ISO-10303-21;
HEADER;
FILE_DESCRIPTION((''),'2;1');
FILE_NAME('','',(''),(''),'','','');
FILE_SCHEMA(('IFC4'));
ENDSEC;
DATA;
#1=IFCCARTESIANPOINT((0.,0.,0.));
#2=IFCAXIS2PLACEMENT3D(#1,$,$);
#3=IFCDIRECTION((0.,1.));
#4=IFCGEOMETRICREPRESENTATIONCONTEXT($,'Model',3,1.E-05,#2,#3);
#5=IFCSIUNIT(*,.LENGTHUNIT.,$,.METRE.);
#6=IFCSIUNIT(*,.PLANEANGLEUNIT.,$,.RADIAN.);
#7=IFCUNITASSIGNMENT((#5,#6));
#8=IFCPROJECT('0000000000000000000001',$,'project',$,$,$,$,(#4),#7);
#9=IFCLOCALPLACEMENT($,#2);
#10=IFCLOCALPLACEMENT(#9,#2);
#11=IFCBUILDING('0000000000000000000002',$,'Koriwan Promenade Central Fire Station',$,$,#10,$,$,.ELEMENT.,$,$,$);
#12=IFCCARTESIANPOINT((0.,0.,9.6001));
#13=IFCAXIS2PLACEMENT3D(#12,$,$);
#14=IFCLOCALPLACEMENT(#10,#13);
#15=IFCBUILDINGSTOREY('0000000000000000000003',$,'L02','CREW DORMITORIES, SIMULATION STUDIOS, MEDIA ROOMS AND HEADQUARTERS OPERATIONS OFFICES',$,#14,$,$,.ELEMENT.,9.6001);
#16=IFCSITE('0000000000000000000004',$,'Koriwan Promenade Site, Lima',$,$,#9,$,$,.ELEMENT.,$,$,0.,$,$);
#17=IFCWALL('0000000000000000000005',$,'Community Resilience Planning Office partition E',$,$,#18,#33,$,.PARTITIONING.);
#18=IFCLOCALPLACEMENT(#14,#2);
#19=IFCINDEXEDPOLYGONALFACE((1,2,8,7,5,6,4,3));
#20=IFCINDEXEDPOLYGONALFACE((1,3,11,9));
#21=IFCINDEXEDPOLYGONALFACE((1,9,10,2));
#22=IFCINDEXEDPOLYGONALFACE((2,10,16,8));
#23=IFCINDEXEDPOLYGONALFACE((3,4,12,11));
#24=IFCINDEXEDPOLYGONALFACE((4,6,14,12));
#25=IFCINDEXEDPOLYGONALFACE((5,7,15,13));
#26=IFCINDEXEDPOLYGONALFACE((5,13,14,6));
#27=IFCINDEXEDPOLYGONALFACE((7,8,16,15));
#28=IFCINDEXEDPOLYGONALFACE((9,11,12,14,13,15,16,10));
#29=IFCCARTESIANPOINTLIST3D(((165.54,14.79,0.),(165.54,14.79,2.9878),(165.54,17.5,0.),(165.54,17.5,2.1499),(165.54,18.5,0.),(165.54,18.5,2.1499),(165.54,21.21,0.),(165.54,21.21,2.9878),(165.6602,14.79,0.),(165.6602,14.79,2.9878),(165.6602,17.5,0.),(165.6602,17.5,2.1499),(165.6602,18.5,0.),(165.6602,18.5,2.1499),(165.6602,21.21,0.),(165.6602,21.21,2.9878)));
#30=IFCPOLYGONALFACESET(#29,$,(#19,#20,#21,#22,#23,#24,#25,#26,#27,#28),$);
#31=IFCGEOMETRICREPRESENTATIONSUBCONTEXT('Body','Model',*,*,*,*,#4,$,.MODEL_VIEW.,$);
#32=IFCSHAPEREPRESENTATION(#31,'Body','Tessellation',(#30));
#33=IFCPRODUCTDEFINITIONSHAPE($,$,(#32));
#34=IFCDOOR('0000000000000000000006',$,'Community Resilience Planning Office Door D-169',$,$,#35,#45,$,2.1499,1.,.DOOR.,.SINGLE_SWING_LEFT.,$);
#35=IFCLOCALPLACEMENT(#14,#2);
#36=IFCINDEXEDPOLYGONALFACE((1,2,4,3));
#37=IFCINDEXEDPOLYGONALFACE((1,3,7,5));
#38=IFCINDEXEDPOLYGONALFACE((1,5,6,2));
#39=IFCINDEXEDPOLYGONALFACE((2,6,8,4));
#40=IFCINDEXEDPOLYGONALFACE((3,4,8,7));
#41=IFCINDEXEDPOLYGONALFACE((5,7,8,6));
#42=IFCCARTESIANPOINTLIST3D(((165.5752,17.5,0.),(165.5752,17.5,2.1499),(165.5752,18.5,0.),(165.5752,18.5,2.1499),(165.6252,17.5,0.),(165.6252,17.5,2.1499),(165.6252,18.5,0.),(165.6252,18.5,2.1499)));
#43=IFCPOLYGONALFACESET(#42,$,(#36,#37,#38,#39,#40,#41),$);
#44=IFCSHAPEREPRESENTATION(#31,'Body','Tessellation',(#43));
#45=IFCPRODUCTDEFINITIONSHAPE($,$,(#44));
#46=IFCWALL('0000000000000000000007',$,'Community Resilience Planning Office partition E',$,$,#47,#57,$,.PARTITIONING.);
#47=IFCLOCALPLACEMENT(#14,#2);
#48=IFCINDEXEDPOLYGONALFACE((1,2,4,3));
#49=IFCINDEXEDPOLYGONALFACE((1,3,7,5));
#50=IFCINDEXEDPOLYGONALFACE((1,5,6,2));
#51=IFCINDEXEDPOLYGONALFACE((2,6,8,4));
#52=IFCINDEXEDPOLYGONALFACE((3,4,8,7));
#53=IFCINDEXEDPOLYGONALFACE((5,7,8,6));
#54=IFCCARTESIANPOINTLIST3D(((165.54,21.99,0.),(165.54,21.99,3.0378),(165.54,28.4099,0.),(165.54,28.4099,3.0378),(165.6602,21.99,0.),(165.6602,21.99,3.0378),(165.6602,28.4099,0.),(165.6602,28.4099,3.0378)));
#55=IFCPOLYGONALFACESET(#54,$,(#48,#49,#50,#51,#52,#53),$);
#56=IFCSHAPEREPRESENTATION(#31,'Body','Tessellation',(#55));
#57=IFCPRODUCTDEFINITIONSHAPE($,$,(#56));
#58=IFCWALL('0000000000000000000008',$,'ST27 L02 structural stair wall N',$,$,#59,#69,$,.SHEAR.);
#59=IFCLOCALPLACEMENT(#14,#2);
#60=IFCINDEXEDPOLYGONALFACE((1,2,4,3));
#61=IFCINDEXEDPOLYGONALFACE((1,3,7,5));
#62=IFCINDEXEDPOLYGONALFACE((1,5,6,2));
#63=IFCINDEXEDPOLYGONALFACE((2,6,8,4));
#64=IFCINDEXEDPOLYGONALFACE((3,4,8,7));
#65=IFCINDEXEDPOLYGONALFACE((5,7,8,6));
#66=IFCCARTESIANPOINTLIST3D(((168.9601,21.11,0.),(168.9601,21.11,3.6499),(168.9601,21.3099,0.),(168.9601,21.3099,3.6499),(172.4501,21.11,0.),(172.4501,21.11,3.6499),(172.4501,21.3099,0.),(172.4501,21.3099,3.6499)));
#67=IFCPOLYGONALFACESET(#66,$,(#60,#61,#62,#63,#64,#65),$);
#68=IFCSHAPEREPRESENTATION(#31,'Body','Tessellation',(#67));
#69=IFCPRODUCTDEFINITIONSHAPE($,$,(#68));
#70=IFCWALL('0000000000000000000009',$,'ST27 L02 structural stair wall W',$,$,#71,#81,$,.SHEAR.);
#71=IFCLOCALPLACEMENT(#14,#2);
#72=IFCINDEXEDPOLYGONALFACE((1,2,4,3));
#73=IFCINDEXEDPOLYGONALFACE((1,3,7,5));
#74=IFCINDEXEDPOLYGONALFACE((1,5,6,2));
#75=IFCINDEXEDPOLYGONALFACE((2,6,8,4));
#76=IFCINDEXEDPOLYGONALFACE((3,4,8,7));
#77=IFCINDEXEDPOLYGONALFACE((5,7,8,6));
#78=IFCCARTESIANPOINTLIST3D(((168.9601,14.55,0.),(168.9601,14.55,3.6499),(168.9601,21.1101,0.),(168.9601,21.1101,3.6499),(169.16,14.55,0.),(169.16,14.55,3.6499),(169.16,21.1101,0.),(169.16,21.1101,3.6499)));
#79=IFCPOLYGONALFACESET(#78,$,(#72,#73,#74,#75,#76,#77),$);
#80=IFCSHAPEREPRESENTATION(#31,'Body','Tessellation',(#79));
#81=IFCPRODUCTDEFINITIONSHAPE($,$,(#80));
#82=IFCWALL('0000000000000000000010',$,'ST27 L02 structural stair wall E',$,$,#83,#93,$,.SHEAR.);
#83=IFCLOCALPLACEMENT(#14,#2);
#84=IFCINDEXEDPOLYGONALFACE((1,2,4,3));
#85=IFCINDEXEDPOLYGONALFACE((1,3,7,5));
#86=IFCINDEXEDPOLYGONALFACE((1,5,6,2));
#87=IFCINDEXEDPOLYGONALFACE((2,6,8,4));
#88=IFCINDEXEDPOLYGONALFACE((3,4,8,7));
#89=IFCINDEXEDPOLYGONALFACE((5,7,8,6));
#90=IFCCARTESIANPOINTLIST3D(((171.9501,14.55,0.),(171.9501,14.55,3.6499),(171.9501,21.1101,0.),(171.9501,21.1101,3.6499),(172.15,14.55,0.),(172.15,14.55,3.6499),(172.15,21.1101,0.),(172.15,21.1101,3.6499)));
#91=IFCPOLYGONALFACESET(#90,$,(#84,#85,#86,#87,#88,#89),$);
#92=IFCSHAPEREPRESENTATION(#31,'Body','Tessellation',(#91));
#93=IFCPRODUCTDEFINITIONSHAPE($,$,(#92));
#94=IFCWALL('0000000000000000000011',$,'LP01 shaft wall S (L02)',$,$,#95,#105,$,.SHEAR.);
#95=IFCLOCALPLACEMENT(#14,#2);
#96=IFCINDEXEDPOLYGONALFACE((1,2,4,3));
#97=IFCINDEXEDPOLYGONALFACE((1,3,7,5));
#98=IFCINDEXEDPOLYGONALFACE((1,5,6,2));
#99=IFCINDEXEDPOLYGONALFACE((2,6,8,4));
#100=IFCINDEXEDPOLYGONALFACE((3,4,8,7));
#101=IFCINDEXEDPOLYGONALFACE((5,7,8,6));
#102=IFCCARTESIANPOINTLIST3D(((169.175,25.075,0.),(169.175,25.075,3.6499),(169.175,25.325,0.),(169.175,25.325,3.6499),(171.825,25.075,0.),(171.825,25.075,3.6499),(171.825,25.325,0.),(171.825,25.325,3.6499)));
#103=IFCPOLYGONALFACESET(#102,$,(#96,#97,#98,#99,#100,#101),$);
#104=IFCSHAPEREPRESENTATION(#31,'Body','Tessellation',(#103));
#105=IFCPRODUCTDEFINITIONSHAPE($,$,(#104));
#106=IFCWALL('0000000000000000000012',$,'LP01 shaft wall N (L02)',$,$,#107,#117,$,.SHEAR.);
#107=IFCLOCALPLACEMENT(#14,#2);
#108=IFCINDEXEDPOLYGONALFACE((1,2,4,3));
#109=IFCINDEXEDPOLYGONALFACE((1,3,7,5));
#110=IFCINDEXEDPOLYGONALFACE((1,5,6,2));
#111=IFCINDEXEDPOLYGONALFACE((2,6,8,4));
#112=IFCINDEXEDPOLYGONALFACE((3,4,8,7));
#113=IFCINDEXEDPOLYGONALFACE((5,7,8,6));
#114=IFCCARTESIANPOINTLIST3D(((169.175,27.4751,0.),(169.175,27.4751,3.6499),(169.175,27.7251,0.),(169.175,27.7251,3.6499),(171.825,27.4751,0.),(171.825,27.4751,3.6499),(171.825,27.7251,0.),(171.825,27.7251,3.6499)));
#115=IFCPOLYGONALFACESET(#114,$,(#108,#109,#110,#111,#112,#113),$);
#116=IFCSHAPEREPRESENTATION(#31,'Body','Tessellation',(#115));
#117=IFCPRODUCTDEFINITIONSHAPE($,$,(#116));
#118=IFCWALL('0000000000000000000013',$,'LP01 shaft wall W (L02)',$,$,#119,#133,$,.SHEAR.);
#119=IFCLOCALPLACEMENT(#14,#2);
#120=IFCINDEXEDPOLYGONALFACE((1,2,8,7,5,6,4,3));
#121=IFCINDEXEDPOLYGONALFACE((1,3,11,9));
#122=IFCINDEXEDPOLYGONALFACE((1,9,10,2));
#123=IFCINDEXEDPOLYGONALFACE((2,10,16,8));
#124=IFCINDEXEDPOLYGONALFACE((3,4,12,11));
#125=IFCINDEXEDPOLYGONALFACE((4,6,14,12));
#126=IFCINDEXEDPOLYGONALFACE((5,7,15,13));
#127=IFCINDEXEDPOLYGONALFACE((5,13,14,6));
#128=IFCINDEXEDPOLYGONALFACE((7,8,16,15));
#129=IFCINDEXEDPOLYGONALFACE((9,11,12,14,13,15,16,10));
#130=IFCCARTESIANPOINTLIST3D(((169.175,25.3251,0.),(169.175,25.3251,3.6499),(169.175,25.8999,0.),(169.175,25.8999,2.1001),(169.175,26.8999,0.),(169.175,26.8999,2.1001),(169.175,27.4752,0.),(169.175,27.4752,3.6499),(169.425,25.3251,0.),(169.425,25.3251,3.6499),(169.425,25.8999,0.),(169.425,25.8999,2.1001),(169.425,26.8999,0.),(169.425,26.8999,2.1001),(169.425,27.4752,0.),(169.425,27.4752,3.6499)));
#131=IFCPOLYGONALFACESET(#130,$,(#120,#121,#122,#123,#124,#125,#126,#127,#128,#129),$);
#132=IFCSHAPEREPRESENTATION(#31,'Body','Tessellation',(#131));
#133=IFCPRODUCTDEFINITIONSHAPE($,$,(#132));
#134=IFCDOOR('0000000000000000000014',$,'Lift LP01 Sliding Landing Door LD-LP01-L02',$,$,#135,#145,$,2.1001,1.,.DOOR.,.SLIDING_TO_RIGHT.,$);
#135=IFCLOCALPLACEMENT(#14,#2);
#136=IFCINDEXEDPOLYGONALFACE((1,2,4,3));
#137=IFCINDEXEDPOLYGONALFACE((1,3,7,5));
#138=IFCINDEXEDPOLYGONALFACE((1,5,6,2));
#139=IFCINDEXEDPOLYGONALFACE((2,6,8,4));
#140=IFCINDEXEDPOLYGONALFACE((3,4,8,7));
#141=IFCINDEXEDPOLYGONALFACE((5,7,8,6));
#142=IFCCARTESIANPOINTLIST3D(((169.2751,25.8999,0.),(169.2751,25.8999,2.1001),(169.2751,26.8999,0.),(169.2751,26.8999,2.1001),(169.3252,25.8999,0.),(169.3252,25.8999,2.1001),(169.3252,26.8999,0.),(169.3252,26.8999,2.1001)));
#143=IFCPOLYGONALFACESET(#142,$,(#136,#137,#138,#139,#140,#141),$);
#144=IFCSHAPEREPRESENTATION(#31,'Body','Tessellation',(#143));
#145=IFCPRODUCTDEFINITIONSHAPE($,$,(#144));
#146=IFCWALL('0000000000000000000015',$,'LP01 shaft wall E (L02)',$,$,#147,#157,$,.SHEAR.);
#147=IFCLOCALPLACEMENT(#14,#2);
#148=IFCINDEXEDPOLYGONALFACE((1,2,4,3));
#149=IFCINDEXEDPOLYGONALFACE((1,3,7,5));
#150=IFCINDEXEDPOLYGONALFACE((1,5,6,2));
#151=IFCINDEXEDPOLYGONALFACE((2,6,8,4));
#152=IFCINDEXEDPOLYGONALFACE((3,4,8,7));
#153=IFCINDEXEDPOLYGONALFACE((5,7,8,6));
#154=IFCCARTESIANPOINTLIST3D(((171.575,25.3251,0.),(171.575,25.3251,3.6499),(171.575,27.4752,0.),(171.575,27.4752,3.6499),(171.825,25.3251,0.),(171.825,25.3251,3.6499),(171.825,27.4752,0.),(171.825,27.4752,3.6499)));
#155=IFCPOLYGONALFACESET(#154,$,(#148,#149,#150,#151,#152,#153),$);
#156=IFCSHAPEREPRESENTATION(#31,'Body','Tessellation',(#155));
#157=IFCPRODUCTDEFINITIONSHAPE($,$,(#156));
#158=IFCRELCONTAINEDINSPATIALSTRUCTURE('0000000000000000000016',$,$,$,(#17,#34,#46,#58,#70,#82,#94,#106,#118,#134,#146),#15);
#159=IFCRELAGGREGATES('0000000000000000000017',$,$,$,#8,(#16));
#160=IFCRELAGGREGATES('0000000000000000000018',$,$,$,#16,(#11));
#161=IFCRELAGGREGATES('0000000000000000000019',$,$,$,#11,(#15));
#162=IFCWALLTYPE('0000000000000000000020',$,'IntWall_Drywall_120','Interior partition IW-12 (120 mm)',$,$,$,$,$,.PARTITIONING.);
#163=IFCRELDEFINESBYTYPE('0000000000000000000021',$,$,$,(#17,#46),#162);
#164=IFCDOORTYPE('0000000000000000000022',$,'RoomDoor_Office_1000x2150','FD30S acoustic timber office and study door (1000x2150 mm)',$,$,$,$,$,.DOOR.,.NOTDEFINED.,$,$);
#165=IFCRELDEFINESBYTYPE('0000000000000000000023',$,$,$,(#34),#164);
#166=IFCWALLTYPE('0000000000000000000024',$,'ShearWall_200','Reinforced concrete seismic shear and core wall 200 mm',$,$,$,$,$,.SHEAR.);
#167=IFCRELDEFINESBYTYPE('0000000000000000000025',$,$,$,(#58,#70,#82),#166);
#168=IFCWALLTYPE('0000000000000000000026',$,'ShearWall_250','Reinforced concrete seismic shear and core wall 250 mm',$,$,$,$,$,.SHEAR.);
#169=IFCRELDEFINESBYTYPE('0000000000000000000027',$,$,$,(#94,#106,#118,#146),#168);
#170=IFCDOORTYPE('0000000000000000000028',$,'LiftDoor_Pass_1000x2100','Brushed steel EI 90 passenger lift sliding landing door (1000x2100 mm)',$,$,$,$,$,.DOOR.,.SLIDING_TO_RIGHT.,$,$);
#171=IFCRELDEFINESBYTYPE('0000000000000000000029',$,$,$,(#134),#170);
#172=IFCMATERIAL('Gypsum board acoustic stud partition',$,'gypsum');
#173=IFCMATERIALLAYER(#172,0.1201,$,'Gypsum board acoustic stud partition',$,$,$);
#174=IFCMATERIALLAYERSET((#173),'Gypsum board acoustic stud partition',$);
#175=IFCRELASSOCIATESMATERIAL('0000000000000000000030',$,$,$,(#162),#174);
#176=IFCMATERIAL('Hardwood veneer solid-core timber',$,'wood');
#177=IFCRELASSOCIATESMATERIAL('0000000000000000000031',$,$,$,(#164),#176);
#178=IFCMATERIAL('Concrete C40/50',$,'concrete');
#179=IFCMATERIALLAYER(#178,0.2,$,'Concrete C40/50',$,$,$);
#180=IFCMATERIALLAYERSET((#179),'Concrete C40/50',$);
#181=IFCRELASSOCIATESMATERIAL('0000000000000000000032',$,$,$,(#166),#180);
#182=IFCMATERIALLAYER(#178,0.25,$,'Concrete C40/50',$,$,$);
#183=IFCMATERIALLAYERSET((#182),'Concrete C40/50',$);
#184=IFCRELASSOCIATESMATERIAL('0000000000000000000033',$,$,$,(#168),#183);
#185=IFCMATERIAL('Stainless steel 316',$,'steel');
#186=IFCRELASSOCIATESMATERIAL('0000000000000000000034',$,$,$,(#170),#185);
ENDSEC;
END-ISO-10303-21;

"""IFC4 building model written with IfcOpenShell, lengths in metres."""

from ifc_helpers import new_model, si_unit, direction, frame, frame_2d, origin, place, context, subcontext, project, spatial, rectangle, extrude, material, layer, layer_set, type_object, element, fill, save


model = new_model("IFC4")

# Units and contexts
model_context = context("Model", 3, precision=1e-05, world=origin(), true_north=direction((0.0, 1.0)))
body_context = subcontext(model_context, "Body", "Model", "MODEL_VIEW")
ifc_project = project(units=[si_unit("LENGTHUNIT", "METRE"), si_unit("PLANEANGLEUNIT", "RADIAN")], contexts=[model_context])

# Site, building, storey
site_placement = place(None, origin())
site = spatial("IfcSite", under=ifc_project, at=site_placement, Name="Koriwan Promenade Site, Lima", CompositionType="ELEMENT", RefElevation=0.0)
building_placement = place(site_placement, origin())
building = spatial("IfcBuilding", under=site, at=building_placement, Name="Koriwan Promenade Central Fire Station", CompositionType="ELEMENT")
storey_placement = place(building_placement, frame((0.0, 0.0, 9.6001)))
storey = spatial("IfcBuildingStorey", under=building, at=storey_placement, Name="L02", Description="CREW DORMITORIES, SIMULATION STUDIOS, MEDIA ROOMS AND HEADQUARTERS OPERATIONS OFFICES", CompositionType="ELEMENT", Elevation=9.6001)

# Shared definitions
ifc_material_1 = material(Name="Concrete C40/50", Category="concrete")

# Wall, opening, door
ifc_material_2 = material(Name="Gypsum board acoustic stud partition", Category="gypsum")
ifc_layer_1 = layer(ifc_material_2, 0.1201, Name="Gypsum board acoustic stud partition")
ifc_layer_set_1 = layer_set([ifc_layer_1], Name="Gypsum board acoustic stud partition")
wall_type_1 = type_object("IfcWallType", Name="IntWall_Drywall_120", Description="Interior partition IW-12 (120 mm)", PredefinedType="PARTITIONING", material=ifc_layer_set_1)
wall_1_placement = place(storey_placement, frame((165.6001, 14.79, 0.0), z_axis=(0.0, 0.0, 1.0), x_axis=(0.0, 1.0, 0.0)))
wall_1 = element("IfcWall", 1, at=wall_1_placement, inside=storey, type_object=wall_type_1, Name="Community Resilience Planning Office partition E", PredefinedType="PARTITIONING", context=body_context, shape_type="SweptSolid", body=[
    extrude(rectangle(XDim=6.4199, YDim=0.1201, at=frame_2d((3.21, 0.0))), origin(), (0.0, 0.0, 1.0), 2.9878),
])
opening_1_placement = place(wall_1_placement, frame((2.71, 0.0, 0.0)))
opening_1 = element("IfcOpeningElement", 2, at=opening_1_placement, cuts=wall_1, PredefinedType="OPENING", context=body_context, shape_type="SweptSolid", body=[
    extrude(rectangle(XDim=1.0, YDim=2.1499, at=frame_2d((0.5, 1.075))), frame((0.0, 0.072, 0.0), z_axis=(0.0, -1.0, 0.0), x_axis=(1.0, 0.0, 0.0)), (0.0, 0.0, 1.0), 0.144),
])
ifc_material_3 = material(Name="Hardwood veneer solid-core timber", Category="wood")
door_type_1 = type_object("IfcDoorType", Name="RoomDoor_Office_1000x2150", Description="FD30S acoustic timber office and study door (1000x2150 mm)", OperationType="NOTDEFINED", PredefinedType="DOOR", material=ifc_material_3)
door_1_placement = place(opening_1_placement, origin())
door_1 = element("IfcDoor", 3, at=door_1_placement, inside=storey, type_object=door_type_1, Name="Community Resilience Planning Office Door D-169", OperationType="SINGLE_SWING_LEFT", OverallHeight=2.1499, OverallWidth=1.0, PredefinedType="DOOR", context=body_context, shape_type="SweptSolid", body=[
    extrude(rectangle(XDim=1.0, YDim=2.1499, at=frame_2d((0.5, 1.075))), frame((0.0, 0.0249, 0.0), z_axis=(0.0, -1.0, 0.0), x_axis=(1.0, 0.0, 0.0)), (0.0, 0.0, 1.0), 0.05),
])
fill(opening_1, door_1)

# Wall
wall_2_placement = place(storey_placement, frame((165.6001, 21.99, 0.0), z_axis=(0.0, 0.0, 1.0), x_axis=(0.0, 1.0, 0.0)))
element("IfcWall", 4, at=wall_2_placement, inside=storey, type_object=wall_type_1, Name="Community Resilience Planning Office partition E", PredefinedType="PARTITIONING", context=body_context, shape_type="SweptSolid", body=[
    extrude(rectangle(XDim=6.4199, YDim=0.1201, at=frame_2d((3.21, 0.0))), origin(), (0.0, 0.0, 1.0), 3.0378),
])

# Shared definitions
ifc_layer_2 = layer(ifc_material_1, 0.2, Name="Concrete C40/50")
ifc_layer_set_2 = layer_set([ifc_layer_2], Name="Concrete C40/50")
wall_type_2 = type_object("IfcWallType", Name="ShearWall_200", Description="Reinforced concrete seismic shear and core wall 200 mm", PredefinedType="SHEAR", material=ifc_layer_set_2)

# Walls
wall_3_placement = place(storey_placement, frame((168.96, 21.21, 0.0), z_axis=(0.0, 0.0, 1.0), x_axis=(1.0, 0.0, 0.0)))
element("IfcWall", 5, at=wall_3_placement, inside=storey, type_object=wall_type_2, Name="ST27 L02 structural stair wall N", PredefinedType="SHEAR", context=body_context, shape_type="SweptSolid", body=[
    extrude(rectangle(XDim=3.49, YDim=0.2, at=frame_2d((1.7451, 0.0))), origin(), (0.0, 0.0, 1.0), 3.6499),
])
for number, where, z_axis, x_axis, name in (
    (6, (169.0601, 14.55, 0.0), (0.0, 0.0, 1.0), (0.0, 1.0, 0.0), "ST27 L02 structural stair wall W"),
    (7, (172.05, 14.55, 0.0), (0.0, 0.0, 1.0), (0.0, 1.0, 0.0), "ST27 L02 structural stair wall E"),
):
    element("IfcWall", number, at=place(storey_placement, frame(where, z_axis=z_axis, x_axis=x_axis)), inside=storey, type_object=wall_type_2, Name=name, PredefinedType="SHEAR", context=body_context, shape_type="SweptSolid", body=[
        extrude(rectangle(XDim=6.5601, YDim=0.2, at=frame_2d((3.28, 0.0))), origin(), (0.0, 0.0, 1.0), 3.6499),
    ])
ifc_layer_3 = layer(ifc_material_1, 0.25, Name="Concrete C40/50")
ifc_layer_set_3 = layer_set([ifc_layer_3], Name="Concrete C40/50")
wall_type_3 = type_object("IfcWallType", Name="ShearWall_250", Description="Reinforced concrete seismic shear and core wall 250 mm", PredefinedType="SHEAR", material=ifc_layer_set_3)
for number, where, z_axis, x_axis, name in (
    (8, (169.175, 25.2, 0.0), (0.0, 0.0, 1.0), (1.0, 0.0, 0.0), "LP01 shaft wall S (L02)"),
    (9, (169.175, 27.6001, 0.0), (0.0, 0.0, 1.0), (1.0, 0.0, 0.0), "LP01 shaft wall N (L02)"),
):
    element("IfcWall", number, at=place(storey_placement, frame(where, z_axis=z_axis, x_axis=x_axis)), inside=storey, type_object=wall_type_3, Name=name, PredefinedType="SHEAR", context=body_context, shape_type="SweptSolid", body=[
        extrude(rectangle(XDim=2.6499, YDim=0.25, at=frame_2d((1.325, 0.0))), origin(), (0.0, 0.0, 1.0), 3.6499),
    ])

# Wall, opening, door
wall_4_placement = place(storey_placement, frame((169.3, 25.325, 0.0), z_axis=(0.0, 0.0, 1.0), x_axis=(0.0, 1.0, 0.0)))
wall_4 = element("IfcWall", 10, at=wall_4_placement, inside=storey, type_object=wall_type_3, Name="LP01 shaft wall W (L02)", PredefinedType="SHEAR", context=body_context, shape_type="SweptSolid", body=[
    extrude(rectangle(XDim=2.1501, YDim=0.25, at=frame_2d((1.0752, 0.0))), origin(), (0.0, 0.0, 1.0), 3.6499),
])
opening_2_placement = place(wall_4_placement, frame((0.575, 0.0, 0.0)))
opening_2 = element("IfcOpeningElement", 11, at=opening_2_placement, cuts=wall_4, PredefinedType="OPENING", context=body_context, shape_type="SweptSolid", body=[
    extrude(rectangle(XDim=1.0, YDim=2.1001, at=frame_2d((0.5, 1.05))), frame((0.0, 0.137, 0.0), z_axis=(0.0, -1.0, 0.0), x_axis=(1.0, 0.0, 0.0)), (0.0, 0.0, 1.0), 0.2739),
])
ifc_material_4 = material(Name="Stainless steel 316", Category="steel")
door_type_2 = type_object("IfcDoorType", Name="LiftDoor_Pass_1000x2100", Description="Brushed steel EI 90 passenger lift sliding landing door (1000x2100 mm)", OperationType="SLIDING_TO_RIGHT", PredefinedType="DOOR", material=ifc_material_4)
door_2_placement = place(opening_2_placement, origin())
door_2 = element("IfcDoor", 12, at=door_2_placement, inside=storey, type_object=door_type_2, Name="Lift LP01 Sliding Landing Door LD-LP01-L02", OperationType="SLIDING_TO_RIGHT", OverallHeight=2.1001, OverallWidth=1.0, PredefinedType="DOOR", context=body_context, shape_type="SweptSolid", body=[
    extrude(rectangle(XDim=1.0, YDim=2.1001, at=frame_2d((0.5, 1.05))), frame((0.0, 0.0249, 0.0), z_axis=(0.0, -1.0, 0.0), x_axis=(1.0, 0.0, 0.0)), (0.0, 0.0, 1.0), 0.05),
])
fill(opening_2, door_2)

# Wall
wall_5_placement = place(storey_placement, frame((171.7, 25.325, 0.0), z_axis=(0.0, 0.0, 1.0), x_axis=(0.0, 1.0, 0.0)))
element("IfcWall", 13, at=wall_5_placement, inside=storey, type_object=wall_type_3, Name="LP01 shaft wall E (L02)", PredefinedType="SHEAR", context=body_context, shape_type="SweptSolid", body=[
    extrude(rectangle(XDim=2.1501, YDim=0.25, at=frame_2d((1.0752, 0.0))), origin(), (0.0, 0.0, 1.0), 3.6499),
])

save(model, "model.ifc")
